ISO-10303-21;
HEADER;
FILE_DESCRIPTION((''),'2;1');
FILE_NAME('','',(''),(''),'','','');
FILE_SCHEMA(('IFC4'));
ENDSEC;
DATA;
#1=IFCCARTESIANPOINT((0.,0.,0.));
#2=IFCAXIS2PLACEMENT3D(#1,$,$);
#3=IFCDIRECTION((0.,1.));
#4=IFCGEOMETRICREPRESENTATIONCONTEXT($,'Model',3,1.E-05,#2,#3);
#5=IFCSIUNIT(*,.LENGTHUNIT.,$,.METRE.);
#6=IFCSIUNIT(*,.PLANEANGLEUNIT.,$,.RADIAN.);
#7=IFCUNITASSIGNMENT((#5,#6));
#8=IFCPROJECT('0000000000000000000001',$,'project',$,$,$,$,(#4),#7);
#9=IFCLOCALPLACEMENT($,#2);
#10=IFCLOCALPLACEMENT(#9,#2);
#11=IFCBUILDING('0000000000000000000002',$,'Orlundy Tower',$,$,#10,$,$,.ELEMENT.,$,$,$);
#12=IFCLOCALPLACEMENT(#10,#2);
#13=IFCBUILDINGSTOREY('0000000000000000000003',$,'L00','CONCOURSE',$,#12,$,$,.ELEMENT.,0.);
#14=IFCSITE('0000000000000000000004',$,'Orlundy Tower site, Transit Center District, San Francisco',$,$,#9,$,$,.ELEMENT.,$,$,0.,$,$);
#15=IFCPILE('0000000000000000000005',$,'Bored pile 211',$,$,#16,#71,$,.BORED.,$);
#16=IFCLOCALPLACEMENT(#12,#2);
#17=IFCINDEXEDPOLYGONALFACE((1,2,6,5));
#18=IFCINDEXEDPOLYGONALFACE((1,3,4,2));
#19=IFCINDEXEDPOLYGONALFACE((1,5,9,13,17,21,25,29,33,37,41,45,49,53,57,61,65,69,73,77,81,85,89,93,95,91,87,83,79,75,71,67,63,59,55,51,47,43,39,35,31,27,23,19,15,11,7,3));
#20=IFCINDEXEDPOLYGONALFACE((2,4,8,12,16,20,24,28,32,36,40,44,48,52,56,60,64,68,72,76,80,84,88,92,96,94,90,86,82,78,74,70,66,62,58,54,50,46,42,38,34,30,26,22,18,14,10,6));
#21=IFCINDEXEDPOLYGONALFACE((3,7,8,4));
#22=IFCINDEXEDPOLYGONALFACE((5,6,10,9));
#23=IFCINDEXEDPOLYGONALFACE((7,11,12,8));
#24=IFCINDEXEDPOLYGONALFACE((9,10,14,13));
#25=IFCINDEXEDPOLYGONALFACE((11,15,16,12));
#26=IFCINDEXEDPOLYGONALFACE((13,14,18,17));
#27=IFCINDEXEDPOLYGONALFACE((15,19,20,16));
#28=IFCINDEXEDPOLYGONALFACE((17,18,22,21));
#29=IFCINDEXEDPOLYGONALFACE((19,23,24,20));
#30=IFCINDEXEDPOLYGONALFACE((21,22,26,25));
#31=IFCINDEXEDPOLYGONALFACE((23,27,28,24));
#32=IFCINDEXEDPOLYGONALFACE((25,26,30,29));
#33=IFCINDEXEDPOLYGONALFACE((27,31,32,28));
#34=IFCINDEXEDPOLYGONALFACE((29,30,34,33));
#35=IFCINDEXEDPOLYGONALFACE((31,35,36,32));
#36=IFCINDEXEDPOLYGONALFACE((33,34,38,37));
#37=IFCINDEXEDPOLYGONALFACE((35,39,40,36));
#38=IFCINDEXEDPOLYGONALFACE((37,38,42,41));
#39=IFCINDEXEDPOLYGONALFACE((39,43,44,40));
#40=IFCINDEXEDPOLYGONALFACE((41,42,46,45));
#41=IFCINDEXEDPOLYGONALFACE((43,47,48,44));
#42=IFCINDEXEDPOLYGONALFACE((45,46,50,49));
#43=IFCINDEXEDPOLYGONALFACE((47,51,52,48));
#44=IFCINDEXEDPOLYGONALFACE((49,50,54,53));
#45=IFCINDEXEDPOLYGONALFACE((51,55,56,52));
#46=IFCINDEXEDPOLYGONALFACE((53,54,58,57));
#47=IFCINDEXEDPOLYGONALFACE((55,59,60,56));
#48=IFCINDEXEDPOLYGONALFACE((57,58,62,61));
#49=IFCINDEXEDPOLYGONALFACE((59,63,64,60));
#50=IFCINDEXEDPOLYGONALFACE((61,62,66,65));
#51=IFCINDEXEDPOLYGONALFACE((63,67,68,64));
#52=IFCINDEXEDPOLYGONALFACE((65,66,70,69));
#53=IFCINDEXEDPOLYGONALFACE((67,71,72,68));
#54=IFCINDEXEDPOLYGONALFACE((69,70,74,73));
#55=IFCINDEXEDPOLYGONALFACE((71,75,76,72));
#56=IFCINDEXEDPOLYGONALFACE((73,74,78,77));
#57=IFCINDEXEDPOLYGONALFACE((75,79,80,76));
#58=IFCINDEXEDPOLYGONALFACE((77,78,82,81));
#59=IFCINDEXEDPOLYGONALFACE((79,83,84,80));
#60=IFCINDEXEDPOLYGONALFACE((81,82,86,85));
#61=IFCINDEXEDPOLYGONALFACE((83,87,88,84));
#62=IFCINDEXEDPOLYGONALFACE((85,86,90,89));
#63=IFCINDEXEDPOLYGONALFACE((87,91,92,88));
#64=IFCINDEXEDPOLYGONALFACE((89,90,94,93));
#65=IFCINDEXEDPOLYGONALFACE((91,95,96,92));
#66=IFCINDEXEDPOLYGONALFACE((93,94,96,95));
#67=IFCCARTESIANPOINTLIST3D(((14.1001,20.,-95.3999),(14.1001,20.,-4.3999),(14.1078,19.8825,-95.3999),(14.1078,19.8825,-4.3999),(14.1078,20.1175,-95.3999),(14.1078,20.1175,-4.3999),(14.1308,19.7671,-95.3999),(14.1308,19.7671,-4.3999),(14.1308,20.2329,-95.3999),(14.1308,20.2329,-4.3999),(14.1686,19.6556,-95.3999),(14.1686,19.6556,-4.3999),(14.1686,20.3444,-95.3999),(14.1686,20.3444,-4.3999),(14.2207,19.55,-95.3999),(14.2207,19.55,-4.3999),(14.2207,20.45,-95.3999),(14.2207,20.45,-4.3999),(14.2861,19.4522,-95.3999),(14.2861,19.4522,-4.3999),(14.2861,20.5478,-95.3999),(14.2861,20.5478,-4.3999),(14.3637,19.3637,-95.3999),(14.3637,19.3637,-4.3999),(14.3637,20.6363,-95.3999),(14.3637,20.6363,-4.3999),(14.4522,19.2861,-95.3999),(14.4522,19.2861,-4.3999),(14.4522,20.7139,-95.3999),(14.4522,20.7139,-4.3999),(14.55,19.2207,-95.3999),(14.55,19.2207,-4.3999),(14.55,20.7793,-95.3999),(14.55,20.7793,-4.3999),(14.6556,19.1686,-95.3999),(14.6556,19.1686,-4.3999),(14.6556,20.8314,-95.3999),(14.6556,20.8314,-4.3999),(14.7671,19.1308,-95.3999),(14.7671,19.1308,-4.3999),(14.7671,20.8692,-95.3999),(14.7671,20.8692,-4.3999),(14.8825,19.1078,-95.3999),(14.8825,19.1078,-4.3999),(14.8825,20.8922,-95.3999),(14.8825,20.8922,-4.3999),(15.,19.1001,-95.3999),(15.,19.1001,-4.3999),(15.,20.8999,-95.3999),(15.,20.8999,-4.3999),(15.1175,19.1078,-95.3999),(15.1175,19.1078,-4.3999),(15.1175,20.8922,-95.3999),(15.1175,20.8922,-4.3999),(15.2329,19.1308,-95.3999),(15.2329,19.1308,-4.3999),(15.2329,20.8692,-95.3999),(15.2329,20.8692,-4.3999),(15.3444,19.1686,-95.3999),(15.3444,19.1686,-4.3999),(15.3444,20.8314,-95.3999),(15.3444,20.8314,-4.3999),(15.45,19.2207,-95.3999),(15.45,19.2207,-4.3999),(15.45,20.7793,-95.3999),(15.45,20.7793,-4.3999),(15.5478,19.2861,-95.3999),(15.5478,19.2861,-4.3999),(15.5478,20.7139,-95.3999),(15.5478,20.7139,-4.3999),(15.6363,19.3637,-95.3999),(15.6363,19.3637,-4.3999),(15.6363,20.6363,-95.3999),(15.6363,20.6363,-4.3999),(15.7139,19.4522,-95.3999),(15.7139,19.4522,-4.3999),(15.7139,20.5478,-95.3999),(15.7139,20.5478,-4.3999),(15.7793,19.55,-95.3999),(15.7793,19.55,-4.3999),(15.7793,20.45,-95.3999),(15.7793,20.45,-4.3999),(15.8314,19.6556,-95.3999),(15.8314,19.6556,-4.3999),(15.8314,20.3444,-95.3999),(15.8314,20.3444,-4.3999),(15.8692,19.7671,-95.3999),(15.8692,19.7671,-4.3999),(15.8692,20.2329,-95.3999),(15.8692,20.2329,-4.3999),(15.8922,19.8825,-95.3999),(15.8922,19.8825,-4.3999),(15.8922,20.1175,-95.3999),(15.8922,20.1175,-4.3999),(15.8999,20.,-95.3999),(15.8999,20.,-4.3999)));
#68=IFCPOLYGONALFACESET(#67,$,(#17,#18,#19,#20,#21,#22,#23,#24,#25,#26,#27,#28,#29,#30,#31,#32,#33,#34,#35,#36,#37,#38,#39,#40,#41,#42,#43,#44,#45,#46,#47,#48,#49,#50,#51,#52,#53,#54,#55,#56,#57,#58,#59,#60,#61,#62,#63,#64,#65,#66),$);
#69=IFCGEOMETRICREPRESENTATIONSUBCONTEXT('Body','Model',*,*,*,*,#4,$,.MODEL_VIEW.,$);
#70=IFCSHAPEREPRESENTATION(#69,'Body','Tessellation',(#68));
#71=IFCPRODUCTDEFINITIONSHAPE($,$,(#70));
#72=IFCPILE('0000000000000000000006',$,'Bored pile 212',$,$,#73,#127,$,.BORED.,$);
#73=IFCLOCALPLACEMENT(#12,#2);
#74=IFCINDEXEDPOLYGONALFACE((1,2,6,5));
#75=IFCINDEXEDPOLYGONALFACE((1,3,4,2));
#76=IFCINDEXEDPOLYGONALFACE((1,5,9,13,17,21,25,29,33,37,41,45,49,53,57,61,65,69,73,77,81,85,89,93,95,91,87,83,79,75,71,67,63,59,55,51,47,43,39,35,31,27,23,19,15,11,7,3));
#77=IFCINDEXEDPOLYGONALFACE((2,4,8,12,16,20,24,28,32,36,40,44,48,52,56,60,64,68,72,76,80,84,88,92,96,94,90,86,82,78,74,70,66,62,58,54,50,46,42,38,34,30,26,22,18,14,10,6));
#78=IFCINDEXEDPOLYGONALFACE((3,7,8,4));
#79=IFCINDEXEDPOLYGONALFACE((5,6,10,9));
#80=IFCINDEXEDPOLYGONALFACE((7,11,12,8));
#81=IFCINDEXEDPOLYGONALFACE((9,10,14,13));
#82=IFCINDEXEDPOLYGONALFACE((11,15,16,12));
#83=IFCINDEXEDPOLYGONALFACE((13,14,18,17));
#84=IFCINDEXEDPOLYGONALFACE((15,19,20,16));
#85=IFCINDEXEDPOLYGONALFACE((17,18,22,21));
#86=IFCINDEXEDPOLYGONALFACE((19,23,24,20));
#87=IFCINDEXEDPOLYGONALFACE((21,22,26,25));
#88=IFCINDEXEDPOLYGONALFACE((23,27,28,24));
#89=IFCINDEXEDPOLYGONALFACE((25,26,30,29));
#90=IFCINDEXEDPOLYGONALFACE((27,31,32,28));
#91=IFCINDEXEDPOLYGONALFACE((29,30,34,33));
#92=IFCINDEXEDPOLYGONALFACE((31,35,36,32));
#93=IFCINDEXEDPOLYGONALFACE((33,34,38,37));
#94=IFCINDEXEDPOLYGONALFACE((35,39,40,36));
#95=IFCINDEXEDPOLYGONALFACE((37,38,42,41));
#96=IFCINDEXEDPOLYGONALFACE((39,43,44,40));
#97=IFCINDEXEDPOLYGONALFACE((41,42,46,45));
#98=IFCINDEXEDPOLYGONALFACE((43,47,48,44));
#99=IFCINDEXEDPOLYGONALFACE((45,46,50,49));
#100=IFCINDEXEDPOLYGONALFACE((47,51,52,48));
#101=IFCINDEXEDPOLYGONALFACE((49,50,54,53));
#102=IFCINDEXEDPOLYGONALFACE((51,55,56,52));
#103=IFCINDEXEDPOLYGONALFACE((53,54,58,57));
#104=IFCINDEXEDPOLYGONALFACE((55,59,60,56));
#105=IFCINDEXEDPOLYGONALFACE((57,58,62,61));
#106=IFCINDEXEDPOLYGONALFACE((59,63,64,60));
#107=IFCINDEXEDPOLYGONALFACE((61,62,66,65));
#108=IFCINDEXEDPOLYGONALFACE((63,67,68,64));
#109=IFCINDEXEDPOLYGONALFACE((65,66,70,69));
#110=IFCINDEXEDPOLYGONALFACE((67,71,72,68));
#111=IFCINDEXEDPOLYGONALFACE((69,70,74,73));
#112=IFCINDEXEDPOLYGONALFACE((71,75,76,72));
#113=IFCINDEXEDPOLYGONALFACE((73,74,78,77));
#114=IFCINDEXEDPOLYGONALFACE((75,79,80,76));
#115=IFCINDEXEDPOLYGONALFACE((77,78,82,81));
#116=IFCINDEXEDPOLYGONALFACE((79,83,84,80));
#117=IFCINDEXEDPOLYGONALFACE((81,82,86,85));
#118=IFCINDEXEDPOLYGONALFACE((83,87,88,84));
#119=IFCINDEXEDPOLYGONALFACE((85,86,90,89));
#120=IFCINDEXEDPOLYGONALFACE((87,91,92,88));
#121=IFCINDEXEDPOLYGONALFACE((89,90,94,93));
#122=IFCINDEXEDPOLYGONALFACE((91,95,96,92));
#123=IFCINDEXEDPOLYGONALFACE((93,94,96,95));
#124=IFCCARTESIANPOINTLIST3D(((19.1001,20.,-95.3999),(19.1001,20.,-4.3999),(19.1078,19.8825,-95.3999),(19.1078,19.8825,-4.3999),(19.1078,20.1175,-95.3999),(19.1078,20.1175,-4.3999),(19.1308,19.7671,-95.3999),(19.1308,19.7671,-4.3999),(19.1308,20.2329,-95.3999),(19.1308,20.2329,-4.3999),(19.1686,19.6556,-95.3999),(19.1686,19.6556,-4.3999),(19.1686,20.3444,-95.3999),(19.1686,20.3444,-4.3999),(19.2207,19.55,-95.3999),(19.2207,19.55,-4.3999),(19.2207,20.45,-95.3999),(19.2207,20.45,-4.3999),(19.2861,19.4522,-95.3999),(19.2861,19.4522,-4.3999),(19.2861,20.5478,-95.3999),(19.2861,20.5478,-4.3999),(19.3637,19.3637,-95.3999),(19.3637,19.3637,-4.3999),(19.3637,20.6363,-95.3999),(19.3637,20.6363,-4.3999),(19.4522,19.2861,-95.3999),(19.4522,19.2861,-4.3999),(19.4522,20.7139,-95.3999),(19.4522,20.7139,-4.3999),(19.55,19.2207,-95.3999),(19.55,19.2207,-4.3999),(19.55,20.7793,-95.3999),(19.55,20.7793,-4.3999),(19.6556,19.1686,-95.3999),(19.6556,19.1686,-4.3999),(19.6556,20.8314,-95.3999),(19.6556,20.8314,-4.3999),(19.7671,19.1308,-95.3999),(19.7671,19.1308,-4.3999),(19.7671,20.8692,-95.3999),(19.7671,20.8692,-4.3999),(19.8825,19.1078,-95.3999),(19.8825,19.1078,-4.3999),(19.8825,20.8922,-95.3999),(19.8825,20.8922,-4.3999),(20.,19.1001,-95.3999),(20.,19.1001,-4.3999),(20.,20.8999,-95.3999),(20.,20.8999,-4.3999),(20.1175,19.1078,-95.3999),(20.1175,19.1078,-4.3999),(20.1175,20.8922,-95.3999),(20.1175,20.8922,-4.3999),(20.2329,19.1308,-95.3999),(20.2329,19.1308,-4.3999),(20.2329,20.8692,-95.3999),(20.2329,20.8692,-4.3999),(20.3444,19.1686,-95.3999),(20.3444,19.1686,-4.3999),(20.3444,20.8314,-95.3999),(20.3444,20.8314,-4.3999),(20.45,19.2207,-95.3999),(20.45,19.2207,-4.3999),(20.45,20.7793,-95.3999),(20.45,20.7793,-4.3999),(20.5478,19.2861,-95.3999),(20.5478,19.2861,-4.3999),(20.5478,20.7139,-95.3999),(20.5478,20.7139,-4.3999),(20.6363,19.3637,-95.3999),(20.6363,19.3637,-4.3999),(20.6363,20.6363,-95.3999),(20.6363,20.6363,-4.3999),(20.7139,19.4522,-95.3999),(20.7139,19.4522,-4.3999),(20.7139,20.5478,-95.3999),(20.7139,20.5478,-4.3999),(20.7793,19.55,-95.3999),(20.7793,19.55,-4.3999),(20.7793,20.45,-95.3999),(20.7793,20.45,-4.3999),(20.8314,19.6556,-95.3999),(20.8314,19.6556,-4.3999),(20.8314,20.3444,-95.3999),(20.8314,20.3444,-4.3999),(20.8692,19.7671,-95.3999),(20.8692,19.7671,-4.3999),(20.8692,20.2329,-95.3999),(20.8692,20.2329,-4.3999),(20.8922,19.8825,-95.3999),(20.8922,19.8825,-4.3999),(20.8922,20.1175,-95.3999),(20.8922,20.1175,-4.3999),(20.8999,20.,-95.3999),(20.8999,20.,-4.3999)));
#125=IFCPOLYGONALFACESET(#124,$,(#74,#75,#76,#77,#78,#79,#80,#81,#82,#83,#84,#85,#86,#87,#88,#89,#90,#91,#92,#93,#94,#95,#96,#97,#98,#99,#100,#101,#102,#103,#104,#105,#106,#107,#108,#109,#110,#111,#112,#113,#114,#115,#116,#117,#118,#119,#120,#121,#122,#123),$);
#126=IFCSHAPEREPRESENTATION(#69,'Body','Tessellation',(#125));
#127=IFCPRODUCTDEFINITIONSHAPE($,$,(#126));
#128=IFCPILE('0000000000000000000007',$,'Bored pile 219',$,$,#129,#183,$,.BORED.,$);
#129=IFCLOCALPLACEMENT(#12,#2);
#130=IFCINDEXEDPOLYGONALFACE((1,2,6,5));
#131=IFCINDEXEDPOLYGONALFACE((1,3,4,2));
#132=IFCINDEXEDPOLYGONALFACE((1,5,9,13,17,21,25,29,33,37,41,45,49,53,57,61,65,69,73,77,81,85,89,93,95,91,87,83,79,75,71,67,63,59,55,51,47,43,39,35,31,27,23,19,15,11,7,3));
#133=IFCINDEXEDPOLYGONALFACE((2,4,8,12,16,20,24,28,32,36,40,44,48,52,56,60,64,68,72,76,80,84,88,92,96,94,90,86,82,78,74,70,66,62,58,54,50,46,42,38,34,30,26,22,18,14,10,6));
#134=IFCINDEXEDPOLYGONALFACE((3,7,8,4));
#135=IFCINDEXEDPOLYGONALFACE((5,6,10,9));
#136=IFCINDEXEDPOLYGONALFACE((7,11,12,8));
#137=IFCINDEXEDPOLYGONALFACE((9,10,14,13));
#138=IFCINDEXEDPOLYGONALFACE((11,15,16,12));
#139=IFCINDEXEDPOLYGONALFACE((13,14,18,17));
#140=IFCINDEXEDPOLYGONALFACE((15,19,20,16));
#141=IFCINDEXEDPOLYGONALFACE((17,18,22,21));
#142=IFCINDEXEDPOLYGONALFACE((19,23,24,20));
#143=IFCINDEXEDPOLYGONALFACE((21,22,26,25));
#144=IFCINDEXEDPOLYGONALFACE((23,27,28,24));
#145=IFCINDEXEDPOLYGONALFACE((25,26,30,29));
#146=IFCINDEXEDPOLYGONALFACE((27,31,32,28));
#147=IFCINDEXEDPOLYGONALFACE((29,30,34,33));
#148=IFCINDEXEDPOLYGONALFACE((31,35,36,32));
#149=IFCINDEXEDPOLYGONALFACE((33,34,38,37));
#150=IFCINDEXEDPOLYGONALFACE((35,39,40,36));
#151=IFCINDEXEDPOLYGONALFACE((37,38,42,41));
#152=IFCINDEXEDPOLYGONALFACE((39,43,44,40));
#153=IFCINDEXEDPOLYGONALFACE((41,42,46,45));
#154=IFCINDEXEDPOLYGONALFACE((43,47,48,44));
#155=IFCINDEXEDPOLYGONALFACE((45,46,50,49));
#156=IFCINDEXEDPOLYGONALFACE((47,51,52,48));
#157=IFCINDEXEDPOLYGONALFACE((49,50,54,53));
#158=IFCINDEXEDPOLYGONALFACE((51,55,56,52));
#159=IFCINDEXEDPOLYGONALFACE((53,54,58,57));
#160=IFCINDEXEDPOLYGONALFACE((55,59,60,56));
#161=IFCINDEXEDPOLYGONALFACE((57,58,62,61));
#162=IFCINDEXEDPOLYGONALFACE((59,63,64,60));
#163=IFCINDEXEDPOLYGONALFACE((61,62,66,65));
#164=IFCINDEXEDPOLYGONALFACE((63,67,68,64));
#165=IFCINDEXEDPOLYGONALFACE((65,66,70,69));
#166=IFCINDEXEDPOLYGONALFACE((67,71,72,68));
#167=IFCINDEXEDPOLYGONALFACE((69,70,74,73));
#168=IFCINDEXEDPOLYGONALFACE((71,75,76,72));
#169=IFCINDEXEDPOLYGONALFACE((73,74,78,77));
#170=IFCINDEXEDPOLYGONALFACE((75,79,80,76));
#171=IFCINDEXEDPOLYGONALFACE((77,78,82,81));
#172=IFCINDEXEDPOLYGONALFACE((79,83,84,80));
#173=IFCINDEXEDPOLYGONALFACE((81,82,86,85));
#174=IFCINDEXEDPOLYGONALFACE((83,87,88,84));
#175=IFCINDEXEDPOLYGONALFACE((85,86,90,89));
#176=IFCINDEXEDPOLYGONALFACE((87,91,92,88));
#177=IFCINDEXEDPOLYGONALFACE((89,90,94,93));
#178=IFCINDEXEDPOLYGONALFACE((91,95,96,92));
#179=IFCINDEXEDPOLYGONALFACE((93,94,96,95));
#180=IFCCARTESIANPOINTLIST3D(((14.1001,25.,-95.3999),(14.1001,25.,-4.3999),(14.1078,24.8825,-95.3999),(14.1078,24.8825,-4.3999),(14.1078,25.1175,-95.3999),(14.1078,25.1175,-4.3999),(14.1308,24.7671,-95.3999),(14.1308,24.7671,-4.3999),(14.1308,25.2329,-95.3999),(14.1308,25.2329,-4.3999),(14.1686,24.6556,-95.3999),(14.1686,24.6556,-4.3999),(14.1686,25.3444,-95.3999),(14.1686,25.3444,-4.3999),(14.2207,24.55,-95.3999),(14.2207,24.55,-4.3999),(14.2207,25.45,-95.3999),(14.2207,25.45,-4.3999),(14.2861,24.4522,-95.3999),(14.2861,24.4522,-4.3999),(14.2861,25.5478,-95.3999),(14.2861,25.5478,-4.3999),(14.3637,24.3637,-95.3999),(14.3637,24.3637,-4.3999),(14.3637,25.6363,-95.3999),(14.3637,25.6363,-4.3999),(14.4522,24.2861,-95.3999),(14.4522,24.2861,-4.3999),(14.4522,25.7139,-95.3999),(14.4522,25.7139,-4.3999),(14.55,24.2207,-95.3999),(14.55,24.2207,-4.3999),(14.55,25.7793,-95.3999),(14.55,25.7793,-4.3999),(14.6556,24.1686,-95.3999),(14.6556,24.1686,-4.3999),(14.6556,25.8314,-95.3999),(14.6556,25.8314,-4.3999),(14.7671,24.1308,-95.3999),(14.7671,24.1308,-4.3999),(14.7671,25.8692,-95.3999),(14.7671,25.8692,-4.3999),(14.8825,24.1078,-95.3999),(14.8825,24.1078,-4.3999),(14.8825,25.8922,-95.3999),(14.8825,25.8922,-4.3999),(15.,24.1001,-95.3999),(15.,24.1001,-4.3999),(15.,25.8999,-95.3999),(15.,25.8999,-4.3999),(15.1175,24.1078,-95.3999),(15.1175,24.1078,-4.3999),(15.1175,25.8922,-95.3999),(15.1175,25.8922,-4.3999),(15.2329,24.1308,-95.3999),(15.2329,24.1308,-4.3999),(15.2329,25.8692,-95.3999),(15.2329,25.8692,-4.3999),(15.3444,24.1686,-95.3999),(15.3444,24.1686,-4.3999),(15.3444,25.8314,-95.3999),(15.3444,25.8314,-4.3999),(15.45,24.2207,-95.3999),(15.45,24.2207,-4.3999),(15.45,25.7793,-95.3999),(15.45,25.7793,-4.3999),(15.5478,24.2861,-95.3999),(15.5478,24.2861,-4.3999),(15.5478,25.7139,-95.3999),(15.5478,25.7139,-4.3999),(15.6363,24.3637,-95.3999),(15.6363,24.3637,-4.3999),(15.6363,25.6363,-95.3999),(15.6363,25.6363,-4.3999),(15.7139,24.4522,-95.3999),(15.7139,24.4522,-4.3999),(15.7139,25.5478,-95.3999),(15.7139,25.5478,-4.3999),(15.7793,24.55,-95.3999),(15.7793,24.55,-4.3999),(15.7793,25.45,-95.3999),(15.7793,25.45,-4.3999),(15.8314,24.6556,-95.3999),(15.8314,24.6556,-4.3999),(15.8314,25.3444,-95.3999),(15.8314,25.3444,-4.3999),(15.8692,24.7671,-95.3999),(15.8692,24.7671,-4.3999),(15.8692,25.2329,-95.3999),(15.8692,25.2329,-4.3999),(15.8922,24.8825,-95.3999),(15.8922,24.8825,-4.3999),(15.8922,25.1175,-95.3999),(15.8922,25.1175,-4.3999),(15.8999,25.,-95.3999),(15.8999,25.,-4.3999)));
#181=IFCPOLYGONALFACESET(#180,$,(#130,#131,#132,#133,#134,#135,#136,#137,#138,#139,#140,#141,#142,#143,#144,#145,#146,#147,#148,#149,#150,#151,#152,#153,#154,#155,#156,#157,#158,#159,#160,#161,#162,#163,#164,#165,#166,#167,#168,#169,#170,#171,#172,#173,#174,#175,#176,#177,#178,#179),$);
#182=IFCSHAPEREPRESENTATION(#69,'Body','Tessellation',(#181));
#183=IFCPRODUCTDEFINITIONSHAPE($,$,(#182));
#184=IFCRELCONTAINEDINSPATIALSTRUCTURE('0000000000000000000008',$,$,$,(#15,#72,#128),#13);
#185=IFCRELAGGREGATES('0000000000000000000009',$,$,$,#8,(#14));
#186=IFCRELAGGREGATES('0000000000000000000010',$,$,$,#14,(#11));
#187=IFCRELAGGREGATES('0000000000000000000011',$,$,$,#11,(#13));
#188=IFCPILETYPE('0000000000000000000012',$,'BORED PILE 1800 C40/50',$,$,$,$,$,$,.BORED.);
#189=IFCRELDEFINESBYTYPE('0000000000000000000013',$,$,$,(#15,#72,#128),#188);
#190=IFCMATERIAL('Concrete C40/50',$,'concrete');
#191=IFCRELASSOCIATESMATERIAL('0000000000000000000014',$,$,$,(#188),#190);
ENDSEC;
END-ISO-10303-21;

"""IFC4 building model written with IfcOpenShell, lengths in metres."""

from ifc_helpers import new_model, si_unit, direction, frame, origin, origin_2d, place, context, subcontext, project, spatial, circle, extrude, material, material_profile, profile_set, type_object, element, save


model = new_model("IFC4")

# Units and contexts
model_context = context("Model", 3, precision=1e-05, world=origin(), true_north=direction((0.0, 1.0)))
body_context = subcontext(model_context, "Body", "Model", "MODEL_VIEW")
ifc_project = project(units=[si_unit("LENGTHUNIT", "METRE"), si_unit("PLANEANGLEUNIT", "RADIAN")], contexts=[model_context])

# Site, building, storey
site_placement = place(None, origin())
site = spatial("IfcSite", under=ifc_project, at=site_placement, Name="Orlundy Tower site, Transit Center District, San Francisco", CompositionType="ELEMENT", RefElevation=0.0)
building_placement = place(site_placement, origin())
building = spatial("IfcBuilding", under=site, at=building_placement, Name="Orlundy Tower", CompositionType="ELEMENT")
storey_placement = place(building_placement, origin())
storey = spatial("IfcBuildingStorey", under=building, at=storey_placement, Name="L00", Description="CONCOURSE", CompositionType="ELEMENT", Elevation=0.0)

# Piles
ifc_material_1 = material(Name="Concrete C40/50", Category="concrete")
ifc_material_profile_1 = material_profile(ifc_material_1, circle(Radius=0.8999, at=origin_2d()), Name="BP1800")
ifc_profile_set_1 = profile_set([ifc_material_profile_1], Name="Concrete C40/50")
pile_type = type_object("IfcPileType", Name="BORED PILE 1800 C40/50", PredefinedType="BORED", material=ifc_profile_set_1)
for number, where, z_axis, x_axis, name in (
    (1, (15.0, 20.0, -4.3999), (0.0, 0.0, -1.0), (1.0, 0.0, 0.0), "Bored pile 211"),
    (2, (20.0, 20.0, -4.3999), (0.0, 0.0, -1.0), (1.0, 0.0, 0.0), "Bored pile 212"),
    (3, (15.0, 25.0, -4.3999), (0.0, 0.0, -1.0), (1.0, 0.0, 0.0), "Bored pile 219"),
):
    element("IfcPile", number, at=place(storey_placement, frame(where, z_axis=z_axis, x_axis=x_axis)), inside=storey, type_object=pile_type, Name=name, PredefinedType="BORED", context=body_context, shape_type="SweptSolid", body=[
        extrude(circle(Radius=0.8999, at=origin_2d()), origin(), (0.0, 0.0, 1.0), 91.0),
    ])

save(model, "model.ifc")
